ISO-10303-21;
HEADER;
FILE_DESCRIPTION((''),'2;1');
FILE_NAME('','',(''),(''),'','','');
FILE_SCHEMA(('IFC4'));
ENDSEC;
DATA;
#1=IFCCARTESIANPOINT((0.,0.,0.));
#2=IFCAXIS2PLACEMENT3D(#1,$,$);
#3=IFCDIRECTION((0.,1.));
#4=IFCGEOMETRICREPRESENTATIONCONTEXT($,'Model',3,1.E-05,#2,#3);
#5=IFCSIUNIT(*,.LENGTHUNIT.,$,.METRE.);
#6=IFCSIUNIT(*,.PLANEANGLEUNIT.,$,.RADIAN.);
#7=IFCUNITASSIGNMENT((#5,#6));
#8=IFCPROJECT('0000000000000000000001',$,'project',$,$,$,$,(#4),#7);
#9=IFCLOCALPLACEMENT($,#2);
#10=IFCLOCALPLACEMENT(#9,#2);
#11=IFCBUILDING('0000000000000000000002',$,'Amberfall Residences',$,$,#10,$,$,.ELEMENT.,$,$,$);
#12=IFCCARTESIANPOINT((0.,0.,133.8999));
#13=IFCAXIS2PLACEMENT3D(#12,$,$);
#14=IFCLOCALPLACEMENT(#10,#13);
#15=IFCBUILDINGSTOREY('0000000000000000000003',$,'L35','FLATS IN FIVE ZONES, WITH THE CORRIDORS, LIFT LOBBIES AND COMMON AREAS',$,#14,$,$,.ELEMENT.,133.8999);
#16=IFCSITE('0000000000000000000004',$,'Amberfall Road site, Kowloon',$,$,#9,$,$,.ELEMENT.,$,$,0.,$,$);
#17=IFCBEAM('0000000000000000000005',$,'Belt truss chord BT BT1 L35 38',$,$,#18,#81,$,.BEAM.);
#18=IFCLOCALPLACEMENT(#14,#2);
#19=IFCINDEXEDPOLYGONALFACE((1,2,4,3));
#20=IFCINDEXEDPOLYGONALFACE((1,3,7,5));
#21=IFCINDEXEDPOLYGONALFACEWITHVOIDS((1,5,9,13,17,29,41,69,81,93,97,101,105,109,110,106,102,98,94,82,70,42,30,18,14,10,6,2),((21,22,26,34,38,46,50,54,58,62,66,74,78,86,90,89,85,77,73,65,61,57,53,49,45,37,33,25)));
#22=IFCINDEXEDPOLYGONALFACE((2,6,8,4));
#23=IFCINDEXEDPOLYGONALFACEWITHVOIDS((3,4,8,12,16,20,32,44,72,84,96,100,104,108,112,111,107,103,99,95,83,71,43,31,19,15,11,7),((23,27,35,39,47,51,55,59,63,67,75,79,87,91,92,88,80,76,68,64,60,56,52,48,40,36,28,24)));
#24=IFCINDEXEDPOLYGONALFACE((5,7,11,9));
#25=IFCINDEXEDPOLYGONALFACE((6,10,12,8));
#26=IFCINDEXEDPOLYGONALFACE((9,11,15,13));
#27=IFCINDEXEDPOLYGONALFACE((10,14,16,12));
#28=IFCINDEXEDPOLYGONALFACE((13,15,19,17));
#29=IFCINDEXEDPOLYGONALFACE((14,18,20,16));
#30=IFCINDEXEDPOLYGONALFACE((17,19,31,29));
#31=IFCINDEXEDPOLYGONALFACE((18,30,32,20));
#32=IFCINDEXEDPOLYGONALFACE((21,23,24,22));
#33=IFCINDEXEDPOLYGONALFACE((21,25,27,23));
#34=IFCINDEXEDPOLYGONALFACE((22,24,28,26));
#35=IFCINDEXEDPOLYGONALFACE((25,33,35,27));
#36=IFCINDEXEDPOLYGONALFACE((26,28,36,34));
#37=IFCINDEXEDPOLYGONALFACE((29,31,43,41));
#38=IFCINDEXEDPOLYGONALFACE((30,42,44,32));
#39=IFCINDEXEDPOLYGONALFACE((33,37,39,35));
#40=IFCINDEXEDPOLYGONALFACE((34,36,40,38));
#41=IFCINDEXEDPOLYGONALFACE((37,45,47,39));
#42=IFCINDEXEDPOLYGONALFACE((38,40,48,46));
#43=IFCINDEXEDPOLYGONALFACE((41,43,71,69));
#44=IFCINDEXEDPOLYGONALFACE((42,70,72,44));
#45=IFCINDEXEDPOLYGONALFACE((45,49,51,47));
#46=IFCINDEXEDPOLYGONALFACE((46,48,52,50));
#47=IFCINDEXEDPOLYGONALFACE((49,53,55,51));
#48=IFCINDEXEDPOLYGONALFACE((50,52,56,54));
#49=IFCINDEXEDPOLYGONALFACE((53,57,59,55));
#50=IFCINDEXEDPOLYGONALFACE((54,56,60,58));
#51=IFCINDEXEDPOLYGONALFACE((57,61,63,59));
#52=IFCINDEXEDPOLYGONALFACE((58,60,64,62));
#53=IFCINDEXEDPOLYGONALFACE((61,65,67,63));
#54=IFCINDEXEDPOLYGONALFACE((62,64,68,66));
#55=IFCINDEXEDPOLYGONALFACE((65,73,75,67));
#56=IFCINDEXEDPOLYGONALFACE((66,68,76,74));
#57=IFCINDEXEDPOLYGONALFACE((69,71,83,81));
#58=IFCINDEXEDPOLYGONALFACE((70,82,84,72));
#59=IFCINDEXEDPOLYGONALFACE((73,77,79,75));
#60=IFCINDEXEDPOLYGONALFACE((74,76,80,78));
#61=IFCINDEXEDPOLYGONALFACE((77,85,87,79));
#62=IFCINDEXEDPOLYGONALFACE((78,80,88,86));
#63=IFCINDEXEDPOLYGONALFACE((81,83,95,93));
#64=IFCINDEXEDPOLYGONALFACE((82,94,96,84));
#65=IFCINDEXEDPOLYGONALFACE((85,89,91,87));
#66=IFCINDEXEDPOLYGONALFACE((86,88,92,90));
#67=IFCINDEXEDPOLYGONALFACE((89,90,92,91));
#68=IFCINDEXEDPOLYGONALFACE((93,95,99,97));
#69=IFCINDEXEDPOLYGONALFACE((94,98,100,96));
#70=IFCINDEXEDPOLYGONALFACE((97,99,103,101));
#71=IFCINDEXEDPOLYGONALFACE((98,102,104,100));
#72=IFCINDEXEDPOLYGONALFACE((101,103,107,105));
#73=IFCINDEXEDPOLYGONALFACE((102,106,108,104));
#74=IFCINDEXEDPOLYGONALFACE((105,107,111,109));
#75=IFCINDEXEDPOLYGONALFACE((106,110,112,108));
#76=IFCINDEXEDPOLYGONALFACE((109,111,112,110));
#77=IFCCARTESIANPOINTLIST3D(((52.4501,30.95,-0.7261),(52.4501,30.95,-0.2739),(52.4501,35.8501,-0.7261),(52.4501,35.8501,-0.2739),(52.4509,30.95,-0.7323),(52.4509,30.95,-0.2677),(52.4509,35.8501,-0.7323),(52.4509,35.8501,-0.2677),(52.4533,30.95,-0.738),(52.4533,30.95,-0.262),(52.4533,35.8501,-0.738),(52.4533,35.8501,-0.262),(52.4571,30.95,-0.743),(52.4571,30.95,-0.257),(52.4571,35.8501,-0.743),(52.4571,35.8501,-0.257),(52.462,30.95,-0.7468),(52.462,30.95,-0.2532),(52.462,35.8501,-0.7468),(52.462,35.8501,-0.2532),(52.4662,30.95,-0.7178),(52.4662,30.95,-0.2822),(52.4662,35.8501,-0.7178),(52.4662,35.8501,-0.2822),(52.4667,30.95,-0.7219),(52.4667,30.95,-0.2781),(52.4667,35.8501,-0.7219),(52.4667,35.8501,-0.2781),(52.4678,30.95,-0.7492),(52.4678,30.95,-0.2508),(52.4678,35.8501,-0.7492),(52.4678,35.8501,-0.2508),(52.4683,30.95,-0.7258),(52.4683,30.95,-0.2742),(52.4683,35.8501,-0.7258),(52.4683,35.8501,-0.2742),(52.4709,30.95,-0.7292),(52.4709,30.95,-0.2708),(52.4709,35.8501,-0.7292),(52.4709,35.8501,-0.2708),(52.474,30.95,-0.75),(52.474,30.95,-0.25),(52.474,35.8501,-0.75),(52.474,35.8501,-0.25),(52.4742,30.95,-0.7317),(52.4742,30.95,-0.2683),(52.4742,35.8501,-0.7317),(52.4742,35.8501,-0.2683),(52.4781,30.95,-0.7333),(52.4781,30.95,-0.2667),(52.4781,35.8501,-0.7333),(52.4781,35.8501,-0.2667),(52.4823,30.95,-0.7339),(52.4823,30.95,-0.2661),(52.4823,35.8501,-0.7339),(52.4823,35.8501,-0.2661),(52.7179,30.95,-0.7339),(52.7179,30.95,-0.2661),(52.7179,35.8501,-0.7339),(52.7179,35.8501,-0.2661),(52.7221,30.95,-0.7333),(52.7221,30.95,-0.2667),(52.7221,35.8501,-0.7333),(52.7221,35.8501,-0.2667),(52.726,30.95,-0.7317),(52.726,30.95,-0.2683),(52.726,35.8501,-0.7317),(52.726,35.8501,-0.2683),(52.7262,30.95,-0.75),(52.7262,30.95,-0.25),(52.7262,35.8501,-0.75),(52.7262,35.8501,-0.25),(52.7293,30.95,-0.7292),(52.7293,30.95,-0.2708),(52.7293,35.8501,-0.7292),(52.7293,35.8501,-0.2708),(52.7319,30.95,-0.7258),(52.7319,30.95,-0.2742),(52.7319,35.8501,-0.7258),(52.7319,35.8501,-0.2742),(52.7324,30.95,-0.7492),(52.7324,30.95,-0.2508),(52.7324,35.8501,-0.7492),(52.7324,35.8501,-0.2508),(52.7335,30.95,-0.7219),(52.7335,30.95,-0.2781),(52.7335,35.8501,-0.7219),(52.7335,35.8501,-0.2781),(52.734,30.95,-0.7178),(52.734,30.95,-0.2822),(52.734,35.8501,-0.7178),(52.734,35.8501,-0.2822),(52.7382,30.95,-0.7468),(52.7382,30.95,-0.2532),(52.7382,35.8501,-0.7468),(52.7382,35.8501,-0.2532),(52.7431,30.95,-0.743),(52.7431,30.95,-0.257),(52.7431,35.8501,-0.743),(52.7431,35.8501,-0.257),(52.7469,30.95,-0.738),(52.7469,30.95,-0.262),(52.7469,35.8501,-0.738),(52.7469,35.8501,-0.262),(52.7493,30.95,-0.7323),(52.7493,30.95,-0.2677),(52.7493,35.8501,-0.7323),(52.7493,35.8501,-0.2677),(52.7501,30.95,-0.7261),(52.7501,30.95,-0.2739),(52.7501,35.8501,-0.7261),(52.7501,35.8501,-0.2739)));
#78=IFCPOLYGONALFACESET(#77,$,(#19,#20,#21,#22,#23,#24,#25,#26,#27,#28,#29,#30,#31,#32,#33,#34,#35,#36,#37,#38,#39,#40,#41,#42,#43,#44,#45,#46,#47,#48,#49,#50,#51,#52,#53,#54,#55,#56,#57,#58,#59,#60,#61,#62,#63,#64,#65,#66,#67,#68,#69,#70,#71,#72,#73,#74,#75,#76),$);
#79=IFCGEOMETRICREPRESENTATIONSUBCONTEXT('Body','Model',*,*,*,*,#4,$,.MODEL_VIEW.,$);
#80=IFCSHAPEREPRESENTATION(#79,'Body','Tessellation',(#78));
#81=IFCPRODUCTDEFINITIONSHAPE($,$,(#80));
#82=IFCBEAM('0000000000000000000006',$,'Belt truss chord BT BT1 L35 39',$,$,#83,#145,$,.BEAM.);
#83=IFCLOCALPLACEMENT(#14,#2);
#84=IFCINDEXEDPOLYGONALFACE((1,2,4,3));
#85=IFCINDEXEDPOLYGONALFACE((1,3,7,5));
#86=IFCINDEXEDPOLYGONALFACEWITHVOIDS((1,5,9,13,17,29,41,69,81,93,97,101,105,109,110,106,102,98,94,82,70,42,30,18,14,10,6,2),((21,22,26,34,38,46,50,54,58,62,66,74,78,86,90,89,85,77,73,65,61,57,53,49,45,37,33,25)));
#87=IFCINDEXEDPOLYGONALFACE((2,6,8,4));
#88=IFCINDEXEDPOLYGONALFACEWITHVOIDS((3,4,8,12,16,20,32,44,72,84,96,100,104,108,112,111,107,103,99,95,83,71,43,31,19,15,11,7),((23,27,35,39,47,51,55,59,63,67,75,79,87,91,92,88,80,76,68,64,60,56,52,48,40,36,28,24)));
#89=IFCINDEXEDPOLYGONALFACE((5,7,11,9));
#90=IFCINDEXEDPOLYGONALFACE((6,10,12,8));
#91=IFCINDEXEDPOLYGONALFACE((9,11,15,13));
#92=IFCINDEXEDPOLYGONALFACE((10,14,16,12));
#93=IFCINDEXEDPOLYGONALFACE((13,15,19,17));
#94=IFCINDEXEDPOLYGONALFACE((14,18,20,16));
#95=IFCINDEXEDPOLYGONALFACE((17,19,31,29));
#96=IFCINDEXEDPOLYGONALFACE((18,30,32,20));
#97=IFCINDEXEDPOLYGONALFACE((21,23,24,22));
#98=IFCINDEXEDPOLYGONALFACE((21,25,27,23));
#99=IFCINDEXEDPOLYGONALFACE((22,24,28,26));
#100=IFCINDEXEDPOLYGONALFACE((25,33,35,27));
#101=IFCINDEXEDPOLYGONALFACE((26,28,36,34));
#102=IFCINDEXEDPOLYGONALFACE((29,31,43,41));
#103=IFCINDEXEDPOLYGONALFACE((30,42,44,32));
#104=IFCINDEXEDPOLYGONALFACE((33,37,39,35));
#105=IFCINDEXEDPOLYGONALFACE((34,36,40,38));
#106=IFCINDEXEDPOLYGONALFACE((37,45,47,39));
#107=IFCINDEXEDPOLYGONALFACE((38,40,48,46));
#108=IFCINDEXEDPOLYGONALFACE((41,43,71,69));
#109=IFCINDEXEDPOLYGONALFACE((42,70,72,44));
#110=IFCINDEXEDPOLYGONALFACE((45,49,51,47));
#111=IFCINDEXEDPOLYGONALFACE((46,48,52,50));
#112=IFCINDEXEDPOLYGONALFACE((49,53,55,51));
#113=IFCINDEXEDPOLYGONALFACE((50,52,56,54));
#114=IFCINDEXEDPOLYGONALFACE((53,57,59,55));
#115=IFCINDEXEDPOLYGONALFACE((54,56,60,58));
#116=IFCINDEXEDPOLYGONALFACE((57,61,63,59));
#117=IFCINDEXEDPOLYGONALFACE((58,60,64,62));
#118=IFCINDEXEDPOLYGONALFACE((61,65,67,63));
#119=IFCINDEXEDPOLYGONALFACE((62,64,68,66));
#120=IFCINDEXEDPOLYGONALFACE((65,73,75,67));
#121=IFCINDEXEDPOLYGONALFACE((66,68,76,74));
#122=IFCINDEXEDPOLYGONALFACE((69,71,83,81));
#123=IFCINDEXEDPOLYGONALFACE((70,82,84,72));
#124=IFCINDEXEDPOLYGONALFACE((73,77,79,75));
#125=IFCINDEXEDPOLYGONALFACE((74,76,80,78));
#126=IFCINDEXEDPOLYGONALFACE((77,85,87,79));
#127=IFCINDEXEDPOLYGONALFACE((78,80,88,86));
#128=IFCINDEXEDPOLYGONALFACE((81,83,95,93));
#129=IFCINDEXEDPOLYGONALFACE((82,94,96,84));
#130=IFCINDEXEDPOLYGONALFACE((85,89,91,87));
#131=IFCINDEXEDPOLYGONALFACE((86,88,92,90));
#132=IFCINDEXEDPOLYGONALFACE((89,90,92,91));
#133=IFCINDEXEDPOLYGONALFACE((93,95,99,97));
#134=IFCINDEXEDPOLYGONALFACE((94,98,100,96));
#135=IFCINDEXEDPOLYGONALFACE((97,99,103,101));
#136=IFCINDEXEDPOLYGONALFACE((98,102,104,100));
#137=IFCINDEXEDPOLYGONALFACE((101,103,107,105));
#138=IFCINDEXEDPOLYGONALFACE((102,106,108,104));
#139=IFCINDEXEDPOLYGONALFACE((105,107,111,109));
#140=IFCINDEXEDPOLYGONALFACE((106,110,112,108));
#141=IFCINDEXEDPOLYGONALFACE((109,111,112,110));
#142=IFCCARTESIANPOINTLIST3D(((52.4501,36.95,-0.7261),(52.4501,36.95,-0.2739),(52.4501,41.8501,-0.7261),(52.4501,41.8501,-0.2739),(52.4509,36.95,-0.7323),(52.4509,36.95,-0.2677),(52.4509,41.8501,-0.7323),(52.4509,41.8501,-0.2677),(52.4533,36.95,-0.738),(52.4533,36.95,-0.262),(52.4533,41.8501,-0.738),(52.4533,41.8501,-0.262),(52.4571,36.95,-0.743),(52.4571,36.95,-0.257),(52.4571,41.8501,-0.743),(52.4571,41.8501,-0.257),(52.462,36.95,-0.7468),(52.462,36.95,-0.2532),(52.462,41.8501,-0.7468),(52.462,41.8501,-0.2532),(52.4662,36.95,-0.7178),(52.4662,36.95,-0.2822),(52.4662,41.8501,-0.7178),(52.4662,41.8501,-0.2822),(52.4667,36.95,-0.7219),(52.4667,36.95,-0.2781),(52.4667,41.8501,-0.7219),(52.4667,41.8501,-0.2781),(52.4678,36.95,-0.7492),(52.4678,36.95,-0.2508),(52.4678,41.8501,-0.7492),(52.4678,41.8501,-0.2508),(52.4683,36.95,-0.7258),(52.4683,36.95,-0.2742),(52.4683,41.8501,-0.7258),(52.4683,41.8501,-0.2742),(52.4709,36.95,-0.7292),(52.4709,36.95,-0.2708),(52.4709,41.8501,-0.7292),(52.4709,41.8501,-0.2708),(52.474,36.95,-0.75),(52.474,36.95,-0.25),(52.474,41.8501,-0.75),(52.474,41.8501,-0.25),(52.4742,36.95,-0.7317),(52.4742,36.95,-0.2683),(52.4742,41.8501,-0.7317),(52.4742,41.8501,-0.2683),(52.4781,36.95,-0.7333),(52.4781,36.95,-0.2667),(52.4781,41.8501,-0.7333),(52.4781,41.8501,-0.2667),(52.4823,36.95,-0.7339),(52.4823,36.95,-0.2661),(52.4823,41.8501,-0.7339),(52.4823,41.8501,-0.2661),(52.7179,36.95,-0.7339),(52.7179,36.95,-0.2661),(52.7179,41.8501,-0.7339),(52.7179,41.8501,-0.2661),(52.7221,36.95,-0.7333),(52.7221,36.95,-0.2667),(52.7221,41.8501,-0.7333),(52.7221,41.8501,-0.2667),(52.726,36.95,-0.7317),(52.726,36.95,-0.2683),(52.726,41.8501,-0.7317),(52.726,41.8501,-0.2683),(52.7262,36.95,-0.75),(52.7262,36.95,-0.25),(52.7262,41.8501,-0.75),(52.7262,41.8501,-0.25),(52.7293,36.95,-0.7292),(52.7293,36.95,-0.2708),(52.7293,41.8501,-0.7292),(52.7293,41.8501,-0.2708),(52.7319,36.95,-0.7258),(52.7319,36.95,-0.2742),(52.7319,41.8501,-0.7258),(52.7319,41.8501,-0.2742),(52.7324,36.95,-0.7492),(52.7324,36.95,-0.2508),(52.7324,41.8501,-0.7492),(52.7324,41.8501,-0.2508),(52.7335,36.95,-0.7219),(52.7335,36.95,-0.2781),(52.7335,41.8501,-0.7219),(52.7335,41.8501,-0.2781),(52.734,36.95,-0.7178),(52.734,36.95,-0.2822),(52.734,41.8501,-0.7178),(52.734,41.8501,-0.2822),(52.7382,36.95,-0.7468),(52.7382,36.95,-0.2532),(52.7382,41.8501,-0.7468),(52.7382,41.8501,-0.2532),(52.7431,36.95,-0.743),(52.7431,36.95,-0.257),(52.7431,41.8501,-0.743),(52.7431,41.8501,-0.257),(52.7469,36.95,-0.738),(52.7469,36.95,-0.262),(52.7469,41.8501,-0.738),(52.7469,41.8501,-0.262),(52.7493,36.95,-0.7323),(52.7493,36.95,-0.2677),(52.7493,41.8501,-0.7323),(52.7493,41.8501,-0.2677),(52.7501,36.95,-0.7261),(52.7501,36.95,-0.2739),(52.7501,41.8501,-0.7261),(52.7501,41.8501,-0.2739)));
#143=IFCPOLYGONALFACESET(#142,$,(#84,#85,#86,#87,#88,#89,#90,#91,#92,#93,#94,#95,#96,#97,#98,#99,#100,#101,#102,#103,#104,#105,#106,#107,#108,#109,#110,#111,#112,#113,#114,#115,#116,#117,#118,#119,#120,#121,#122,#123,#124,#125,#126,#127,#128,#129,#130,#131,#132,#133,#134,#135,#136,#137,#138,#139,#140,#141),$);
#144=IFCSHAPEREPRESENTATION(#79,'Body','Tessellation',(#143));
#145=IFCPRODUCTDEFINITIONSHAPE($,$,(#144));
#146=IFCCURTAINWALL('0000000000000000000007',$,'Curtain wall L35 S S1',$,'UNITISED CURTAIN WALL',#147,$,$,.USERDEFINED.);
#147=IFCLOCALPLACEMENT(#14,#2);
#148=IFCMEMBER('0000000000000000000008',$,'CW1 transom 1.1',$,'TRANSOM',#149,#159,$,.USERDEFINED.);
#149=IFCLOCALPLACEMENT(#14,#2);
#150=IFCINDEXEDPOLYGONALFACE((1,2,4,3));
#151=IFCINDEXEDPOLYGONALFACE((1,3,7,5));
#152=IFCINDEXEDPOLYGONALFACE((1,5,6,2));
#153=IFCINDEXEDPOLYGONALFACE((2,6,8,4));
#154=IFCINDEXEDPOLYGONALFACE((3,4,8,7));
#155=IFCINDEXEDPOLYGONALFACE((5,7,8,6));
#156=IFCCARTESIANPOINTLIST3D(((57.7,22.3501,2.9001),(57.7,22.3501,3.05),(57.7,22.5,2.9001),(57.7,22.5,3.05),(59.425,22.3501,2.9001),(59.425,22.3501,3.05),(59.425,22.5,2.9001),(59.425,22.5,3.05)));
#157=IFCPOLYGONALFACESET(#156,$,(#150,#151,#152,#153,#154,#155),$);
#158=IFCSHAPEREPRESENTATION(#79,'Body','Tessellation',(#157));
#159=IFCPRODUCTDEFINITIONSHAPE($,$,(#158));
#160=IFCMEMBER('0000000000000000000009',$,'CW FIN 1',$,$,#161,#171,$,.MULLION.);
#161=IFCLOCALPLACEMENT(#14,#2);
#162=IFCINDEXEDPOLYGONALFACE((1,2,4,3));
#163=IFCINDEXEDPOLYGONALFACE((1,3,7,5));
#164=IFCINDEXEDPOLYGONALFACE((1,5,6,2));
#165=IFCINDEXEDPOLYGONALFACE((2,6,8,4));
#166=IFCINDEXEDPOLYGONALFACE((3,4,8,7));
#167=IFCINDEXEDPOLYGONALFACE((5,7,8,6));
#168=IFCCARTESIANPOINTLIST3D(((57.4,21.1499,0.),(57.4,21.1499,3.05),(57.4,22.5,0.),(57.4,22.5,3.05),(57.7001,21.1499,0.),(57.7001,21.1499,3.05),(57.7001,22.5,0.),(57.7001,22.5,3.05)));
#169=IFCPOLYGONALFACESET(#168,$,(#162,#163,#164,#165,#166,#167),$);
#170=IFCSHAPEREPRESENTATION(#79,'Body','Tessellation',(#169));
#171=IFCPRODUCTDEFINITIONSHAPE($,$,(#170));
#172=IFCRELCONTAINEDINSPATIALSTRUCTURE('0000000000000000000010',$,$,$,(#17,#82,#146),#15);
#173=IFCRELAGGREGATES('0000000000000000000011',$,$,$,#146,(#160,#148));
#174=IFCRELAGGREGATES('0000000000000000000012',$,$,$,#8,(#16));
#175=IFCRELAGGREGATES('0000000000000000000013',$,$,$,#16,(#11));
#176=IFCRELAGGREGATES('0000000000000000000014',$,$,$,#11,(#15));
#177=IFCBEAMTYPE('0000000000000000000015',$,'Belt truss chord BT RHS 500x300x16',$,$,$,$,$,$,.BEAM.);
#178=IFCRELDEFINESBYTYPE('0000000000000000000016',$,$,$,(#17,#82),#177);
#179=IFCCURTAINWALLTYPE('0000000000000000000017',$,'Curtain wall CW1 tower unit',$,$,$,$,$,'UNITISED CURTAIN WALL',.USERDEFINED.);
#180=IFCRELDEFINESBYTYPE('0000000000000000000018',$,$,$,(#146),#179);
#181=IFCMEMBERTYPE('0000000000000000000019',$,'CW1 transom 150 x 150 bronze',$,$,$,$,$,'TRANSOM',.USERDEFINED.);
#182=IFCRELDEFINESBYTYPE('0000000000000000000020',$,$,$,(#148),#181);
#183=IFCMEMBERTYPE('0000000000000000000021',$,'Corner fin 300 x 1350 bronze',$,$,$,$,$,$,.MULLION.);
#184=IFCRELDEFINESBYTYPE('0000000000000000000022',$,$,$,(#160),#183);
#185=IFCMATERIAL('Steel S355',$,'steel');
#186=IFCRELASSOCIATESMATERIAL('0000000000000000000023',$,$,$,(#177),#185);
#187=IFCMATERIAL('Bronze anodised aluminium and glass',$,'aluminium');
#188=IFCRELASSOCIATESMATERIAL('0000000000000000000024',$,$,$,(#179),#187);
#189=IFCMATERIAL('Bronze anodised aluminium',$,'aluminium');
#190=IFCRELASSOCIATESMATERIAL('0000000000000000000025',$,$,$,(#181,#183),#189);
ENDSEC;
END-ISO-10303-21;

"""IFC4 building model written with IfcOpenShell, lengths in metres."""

from ifc_helpers import new_model, si_unit, direction, frame, origin, origin_2d, place, context, subcontext, project, spatial, rectangle, hollow_rectangle, extrude, material, material_profile, profile_set, type_object, element, aggregate, save


model = new_model("IFC4")

# Units and contexts
model_context = context("Model", 3, precision=1e-05, world=origin(), true_north=direction((0.0, 1.0)))
body_context = subcontext(model_context, "Body", "Model", "MODEL_VIEW")
ifc_project = project(units=[si_unit("LENGTHUNIT", "METRE"), si_unit("PLANEANGLEUNIT", "RADIAN")], contexts=[model_context])

# Site, building, storey
site_placement = place(None, origin())
site = spatial("IfcSite", under=ifc_project, at=site_placement, Name="Amberfall Road site, Kowloon", CompositionType="ELEMENT", RefElevation=0.0)
building_placement = place(site_placement, origin())
building = spatial("IfcBuilding", under=site, at=building_placement, Name="Amberfall Residences", CompositionType="ELEMENT")
storey_placement = place(building_placement, frame((0.0, 0.0, 133.8999)))
storey = spatial("IfcBuildingStorey", under=building, at=storey_placement, Name="L35", Description="FLATS IN FIVE ZONES, WITH THE CORRIDORS, LIFT LOBBIES AND COMMON AREAS", CompositionType="ELEMENT", Elevation=133.8999)

# Beams
ifc_material_1 = material(Name="Steel S355", Category="steel")
ifc_material_profile_1 = material_profile(ifc_material_1, hollow_rectangle(XDim=0.3, YDim=0.5, WallThickness=0.0161, InnerFilletRadius=0.0161, OuterFilletRadius=0.0239, at=origin_2d()), Name="RHS 500x300x16")
ifc_profile_set_1 = profile_set([ifc_material_profile_1], Name="Steel S355")
beam_type_1 = type_object("IfcBeamType", Name="Belt truss chord BT RHS 500x300x16", PredefinedType="BEAM", material=ifc_profile_set_1)
for number, where, z_axis, x_axis, name in (
    (1, (52.6001, 30.95, -0.5), (0.0, 1.0, 0.0), (-1.0, 0.0, 0.0), "Belt truss chord BT BT1 L35 38"),
    (2, (52.6001, 36.95, -0.5), (0.0, 1.0, 0.0), (-1.0, 0.0, 0.0), "Belt truss chord BT BT1 L35 39"),
):
    element("IfcBeam", number, at=place(storey_placement, frame(where, z_axis=z_axis, x_axis=x_axis)), inside=storey, type_object=beam_type_1, Name=name, PredefinedType="BEAM", context=body_context, shape_type="SweptSolid", body=[
        extrude(hollow_rectangle(XDim=0.3, YDim=0.5, WallThickness=0.0161, InnerFilletRadius=0.0161, OuterFilletRadius=0.0239, at=origin_2d()), origin(), (0.0, 0.0, 1.0), 4.9001),
    ])

# Curtain wall, members
ifc_material_2 = material(Name="Bronze anodised aluminium and glass", Category="aluminium")
curtain_wall_type = type_object("IfcCurtainWallType", Name="Curtain wall CW1 tower unit", ElementType="UNITISED CURTAIN WALL", PredefinedType="USERDEFINED", material=ifc_material_2)
curtain_wall_placement = place(storey_placement, origin())
curtain_wall = element("IfcCurtainWall", 3, at=curtain_wall_placement, inside=storey, type_object=curtain_wall_type, Name="Curtain wall L35 S S1", ObjectType="UNITISED CURTAIN WALL", PredefinedType="USERDEFINED")
ifc_material_3 = material(Name="Bronze anodised aluminium", Category="aluminium")
ifc_material_profile_2 = material_profile(ifc_material_3, rectangle(XDim=0.1499, YDim=0.1499, at=origin_2d()), Name="CW1 transom 150 x 150 bronze")
ifc_profile_set_2 = profile_set([ifc_material_profile_2], Name="Bronze anodised aluminium")
member_type_1 = type_object("IfcMemberType", Name="CW1 transom 150 x 150 bronze", ElementType="TRANSOM", PredefinedType="USERDEFINED", material=ifc_profile_set_2)
member_1_placement = place(storey_placement, frame((57.7, 22.425, 2.9751), z_axis=(1.0, 0.0, 0.0), x_axis=(0.0, 1.0, 0.0)))
member_1 = element("IfcMember", 4, at=member_1_placement, type_object=member_type_1, Name="CW1 transom 1.1", ObjectType="TRANSOM", PredefinedType="USERDEFINED", context=body_context, shape_type="SweptSolid", body=[
    extrude(rectangle(XDim=0.1499, YDim=0.1499, at=origin_2d()), origin(), (0.0, 0.0, 1.0), 1.7251),
])
ifc_material_profile_3 = material_profile(ifc_material_3, rectangle(XDim=1.3501, YDim=0.3, at=origin_2d()), Name="Corner fin 300 x 1350 bronze")
ifc_profile_set_3 = profile_set([ifc_material_profile_3], Name="Bronze anodised aluminium")
member_type_2 = type_object("IfcMemberType", Name="Corner fin 300 x 1350 bronze", PredefinedType="MULLION", material=ifc_profile_set_3)
member_2_placement = place(storey_placement, frame((57.55, 21.825, 0.0), z_axis=(0.0, 0.0, 1.0), x_axis=(0.0, 1.0, 0.0)))
member_2 = element("IfcMember", 5, at=member_2_placement, type_object=member_type_2, Name="CW FIN 1", PredefinedType="MULLION", context=body_context, shape_type="SweptSolid", body=[
    extrude(rectangle(XDim=1.3501, YDim=0.3, at=origin_2d()), origin(), (0.0, 0.0, 1.0), 3.05),
])

aggregate(curtain_wall, [member_2, member_1])

save(model, "model.ifc")
